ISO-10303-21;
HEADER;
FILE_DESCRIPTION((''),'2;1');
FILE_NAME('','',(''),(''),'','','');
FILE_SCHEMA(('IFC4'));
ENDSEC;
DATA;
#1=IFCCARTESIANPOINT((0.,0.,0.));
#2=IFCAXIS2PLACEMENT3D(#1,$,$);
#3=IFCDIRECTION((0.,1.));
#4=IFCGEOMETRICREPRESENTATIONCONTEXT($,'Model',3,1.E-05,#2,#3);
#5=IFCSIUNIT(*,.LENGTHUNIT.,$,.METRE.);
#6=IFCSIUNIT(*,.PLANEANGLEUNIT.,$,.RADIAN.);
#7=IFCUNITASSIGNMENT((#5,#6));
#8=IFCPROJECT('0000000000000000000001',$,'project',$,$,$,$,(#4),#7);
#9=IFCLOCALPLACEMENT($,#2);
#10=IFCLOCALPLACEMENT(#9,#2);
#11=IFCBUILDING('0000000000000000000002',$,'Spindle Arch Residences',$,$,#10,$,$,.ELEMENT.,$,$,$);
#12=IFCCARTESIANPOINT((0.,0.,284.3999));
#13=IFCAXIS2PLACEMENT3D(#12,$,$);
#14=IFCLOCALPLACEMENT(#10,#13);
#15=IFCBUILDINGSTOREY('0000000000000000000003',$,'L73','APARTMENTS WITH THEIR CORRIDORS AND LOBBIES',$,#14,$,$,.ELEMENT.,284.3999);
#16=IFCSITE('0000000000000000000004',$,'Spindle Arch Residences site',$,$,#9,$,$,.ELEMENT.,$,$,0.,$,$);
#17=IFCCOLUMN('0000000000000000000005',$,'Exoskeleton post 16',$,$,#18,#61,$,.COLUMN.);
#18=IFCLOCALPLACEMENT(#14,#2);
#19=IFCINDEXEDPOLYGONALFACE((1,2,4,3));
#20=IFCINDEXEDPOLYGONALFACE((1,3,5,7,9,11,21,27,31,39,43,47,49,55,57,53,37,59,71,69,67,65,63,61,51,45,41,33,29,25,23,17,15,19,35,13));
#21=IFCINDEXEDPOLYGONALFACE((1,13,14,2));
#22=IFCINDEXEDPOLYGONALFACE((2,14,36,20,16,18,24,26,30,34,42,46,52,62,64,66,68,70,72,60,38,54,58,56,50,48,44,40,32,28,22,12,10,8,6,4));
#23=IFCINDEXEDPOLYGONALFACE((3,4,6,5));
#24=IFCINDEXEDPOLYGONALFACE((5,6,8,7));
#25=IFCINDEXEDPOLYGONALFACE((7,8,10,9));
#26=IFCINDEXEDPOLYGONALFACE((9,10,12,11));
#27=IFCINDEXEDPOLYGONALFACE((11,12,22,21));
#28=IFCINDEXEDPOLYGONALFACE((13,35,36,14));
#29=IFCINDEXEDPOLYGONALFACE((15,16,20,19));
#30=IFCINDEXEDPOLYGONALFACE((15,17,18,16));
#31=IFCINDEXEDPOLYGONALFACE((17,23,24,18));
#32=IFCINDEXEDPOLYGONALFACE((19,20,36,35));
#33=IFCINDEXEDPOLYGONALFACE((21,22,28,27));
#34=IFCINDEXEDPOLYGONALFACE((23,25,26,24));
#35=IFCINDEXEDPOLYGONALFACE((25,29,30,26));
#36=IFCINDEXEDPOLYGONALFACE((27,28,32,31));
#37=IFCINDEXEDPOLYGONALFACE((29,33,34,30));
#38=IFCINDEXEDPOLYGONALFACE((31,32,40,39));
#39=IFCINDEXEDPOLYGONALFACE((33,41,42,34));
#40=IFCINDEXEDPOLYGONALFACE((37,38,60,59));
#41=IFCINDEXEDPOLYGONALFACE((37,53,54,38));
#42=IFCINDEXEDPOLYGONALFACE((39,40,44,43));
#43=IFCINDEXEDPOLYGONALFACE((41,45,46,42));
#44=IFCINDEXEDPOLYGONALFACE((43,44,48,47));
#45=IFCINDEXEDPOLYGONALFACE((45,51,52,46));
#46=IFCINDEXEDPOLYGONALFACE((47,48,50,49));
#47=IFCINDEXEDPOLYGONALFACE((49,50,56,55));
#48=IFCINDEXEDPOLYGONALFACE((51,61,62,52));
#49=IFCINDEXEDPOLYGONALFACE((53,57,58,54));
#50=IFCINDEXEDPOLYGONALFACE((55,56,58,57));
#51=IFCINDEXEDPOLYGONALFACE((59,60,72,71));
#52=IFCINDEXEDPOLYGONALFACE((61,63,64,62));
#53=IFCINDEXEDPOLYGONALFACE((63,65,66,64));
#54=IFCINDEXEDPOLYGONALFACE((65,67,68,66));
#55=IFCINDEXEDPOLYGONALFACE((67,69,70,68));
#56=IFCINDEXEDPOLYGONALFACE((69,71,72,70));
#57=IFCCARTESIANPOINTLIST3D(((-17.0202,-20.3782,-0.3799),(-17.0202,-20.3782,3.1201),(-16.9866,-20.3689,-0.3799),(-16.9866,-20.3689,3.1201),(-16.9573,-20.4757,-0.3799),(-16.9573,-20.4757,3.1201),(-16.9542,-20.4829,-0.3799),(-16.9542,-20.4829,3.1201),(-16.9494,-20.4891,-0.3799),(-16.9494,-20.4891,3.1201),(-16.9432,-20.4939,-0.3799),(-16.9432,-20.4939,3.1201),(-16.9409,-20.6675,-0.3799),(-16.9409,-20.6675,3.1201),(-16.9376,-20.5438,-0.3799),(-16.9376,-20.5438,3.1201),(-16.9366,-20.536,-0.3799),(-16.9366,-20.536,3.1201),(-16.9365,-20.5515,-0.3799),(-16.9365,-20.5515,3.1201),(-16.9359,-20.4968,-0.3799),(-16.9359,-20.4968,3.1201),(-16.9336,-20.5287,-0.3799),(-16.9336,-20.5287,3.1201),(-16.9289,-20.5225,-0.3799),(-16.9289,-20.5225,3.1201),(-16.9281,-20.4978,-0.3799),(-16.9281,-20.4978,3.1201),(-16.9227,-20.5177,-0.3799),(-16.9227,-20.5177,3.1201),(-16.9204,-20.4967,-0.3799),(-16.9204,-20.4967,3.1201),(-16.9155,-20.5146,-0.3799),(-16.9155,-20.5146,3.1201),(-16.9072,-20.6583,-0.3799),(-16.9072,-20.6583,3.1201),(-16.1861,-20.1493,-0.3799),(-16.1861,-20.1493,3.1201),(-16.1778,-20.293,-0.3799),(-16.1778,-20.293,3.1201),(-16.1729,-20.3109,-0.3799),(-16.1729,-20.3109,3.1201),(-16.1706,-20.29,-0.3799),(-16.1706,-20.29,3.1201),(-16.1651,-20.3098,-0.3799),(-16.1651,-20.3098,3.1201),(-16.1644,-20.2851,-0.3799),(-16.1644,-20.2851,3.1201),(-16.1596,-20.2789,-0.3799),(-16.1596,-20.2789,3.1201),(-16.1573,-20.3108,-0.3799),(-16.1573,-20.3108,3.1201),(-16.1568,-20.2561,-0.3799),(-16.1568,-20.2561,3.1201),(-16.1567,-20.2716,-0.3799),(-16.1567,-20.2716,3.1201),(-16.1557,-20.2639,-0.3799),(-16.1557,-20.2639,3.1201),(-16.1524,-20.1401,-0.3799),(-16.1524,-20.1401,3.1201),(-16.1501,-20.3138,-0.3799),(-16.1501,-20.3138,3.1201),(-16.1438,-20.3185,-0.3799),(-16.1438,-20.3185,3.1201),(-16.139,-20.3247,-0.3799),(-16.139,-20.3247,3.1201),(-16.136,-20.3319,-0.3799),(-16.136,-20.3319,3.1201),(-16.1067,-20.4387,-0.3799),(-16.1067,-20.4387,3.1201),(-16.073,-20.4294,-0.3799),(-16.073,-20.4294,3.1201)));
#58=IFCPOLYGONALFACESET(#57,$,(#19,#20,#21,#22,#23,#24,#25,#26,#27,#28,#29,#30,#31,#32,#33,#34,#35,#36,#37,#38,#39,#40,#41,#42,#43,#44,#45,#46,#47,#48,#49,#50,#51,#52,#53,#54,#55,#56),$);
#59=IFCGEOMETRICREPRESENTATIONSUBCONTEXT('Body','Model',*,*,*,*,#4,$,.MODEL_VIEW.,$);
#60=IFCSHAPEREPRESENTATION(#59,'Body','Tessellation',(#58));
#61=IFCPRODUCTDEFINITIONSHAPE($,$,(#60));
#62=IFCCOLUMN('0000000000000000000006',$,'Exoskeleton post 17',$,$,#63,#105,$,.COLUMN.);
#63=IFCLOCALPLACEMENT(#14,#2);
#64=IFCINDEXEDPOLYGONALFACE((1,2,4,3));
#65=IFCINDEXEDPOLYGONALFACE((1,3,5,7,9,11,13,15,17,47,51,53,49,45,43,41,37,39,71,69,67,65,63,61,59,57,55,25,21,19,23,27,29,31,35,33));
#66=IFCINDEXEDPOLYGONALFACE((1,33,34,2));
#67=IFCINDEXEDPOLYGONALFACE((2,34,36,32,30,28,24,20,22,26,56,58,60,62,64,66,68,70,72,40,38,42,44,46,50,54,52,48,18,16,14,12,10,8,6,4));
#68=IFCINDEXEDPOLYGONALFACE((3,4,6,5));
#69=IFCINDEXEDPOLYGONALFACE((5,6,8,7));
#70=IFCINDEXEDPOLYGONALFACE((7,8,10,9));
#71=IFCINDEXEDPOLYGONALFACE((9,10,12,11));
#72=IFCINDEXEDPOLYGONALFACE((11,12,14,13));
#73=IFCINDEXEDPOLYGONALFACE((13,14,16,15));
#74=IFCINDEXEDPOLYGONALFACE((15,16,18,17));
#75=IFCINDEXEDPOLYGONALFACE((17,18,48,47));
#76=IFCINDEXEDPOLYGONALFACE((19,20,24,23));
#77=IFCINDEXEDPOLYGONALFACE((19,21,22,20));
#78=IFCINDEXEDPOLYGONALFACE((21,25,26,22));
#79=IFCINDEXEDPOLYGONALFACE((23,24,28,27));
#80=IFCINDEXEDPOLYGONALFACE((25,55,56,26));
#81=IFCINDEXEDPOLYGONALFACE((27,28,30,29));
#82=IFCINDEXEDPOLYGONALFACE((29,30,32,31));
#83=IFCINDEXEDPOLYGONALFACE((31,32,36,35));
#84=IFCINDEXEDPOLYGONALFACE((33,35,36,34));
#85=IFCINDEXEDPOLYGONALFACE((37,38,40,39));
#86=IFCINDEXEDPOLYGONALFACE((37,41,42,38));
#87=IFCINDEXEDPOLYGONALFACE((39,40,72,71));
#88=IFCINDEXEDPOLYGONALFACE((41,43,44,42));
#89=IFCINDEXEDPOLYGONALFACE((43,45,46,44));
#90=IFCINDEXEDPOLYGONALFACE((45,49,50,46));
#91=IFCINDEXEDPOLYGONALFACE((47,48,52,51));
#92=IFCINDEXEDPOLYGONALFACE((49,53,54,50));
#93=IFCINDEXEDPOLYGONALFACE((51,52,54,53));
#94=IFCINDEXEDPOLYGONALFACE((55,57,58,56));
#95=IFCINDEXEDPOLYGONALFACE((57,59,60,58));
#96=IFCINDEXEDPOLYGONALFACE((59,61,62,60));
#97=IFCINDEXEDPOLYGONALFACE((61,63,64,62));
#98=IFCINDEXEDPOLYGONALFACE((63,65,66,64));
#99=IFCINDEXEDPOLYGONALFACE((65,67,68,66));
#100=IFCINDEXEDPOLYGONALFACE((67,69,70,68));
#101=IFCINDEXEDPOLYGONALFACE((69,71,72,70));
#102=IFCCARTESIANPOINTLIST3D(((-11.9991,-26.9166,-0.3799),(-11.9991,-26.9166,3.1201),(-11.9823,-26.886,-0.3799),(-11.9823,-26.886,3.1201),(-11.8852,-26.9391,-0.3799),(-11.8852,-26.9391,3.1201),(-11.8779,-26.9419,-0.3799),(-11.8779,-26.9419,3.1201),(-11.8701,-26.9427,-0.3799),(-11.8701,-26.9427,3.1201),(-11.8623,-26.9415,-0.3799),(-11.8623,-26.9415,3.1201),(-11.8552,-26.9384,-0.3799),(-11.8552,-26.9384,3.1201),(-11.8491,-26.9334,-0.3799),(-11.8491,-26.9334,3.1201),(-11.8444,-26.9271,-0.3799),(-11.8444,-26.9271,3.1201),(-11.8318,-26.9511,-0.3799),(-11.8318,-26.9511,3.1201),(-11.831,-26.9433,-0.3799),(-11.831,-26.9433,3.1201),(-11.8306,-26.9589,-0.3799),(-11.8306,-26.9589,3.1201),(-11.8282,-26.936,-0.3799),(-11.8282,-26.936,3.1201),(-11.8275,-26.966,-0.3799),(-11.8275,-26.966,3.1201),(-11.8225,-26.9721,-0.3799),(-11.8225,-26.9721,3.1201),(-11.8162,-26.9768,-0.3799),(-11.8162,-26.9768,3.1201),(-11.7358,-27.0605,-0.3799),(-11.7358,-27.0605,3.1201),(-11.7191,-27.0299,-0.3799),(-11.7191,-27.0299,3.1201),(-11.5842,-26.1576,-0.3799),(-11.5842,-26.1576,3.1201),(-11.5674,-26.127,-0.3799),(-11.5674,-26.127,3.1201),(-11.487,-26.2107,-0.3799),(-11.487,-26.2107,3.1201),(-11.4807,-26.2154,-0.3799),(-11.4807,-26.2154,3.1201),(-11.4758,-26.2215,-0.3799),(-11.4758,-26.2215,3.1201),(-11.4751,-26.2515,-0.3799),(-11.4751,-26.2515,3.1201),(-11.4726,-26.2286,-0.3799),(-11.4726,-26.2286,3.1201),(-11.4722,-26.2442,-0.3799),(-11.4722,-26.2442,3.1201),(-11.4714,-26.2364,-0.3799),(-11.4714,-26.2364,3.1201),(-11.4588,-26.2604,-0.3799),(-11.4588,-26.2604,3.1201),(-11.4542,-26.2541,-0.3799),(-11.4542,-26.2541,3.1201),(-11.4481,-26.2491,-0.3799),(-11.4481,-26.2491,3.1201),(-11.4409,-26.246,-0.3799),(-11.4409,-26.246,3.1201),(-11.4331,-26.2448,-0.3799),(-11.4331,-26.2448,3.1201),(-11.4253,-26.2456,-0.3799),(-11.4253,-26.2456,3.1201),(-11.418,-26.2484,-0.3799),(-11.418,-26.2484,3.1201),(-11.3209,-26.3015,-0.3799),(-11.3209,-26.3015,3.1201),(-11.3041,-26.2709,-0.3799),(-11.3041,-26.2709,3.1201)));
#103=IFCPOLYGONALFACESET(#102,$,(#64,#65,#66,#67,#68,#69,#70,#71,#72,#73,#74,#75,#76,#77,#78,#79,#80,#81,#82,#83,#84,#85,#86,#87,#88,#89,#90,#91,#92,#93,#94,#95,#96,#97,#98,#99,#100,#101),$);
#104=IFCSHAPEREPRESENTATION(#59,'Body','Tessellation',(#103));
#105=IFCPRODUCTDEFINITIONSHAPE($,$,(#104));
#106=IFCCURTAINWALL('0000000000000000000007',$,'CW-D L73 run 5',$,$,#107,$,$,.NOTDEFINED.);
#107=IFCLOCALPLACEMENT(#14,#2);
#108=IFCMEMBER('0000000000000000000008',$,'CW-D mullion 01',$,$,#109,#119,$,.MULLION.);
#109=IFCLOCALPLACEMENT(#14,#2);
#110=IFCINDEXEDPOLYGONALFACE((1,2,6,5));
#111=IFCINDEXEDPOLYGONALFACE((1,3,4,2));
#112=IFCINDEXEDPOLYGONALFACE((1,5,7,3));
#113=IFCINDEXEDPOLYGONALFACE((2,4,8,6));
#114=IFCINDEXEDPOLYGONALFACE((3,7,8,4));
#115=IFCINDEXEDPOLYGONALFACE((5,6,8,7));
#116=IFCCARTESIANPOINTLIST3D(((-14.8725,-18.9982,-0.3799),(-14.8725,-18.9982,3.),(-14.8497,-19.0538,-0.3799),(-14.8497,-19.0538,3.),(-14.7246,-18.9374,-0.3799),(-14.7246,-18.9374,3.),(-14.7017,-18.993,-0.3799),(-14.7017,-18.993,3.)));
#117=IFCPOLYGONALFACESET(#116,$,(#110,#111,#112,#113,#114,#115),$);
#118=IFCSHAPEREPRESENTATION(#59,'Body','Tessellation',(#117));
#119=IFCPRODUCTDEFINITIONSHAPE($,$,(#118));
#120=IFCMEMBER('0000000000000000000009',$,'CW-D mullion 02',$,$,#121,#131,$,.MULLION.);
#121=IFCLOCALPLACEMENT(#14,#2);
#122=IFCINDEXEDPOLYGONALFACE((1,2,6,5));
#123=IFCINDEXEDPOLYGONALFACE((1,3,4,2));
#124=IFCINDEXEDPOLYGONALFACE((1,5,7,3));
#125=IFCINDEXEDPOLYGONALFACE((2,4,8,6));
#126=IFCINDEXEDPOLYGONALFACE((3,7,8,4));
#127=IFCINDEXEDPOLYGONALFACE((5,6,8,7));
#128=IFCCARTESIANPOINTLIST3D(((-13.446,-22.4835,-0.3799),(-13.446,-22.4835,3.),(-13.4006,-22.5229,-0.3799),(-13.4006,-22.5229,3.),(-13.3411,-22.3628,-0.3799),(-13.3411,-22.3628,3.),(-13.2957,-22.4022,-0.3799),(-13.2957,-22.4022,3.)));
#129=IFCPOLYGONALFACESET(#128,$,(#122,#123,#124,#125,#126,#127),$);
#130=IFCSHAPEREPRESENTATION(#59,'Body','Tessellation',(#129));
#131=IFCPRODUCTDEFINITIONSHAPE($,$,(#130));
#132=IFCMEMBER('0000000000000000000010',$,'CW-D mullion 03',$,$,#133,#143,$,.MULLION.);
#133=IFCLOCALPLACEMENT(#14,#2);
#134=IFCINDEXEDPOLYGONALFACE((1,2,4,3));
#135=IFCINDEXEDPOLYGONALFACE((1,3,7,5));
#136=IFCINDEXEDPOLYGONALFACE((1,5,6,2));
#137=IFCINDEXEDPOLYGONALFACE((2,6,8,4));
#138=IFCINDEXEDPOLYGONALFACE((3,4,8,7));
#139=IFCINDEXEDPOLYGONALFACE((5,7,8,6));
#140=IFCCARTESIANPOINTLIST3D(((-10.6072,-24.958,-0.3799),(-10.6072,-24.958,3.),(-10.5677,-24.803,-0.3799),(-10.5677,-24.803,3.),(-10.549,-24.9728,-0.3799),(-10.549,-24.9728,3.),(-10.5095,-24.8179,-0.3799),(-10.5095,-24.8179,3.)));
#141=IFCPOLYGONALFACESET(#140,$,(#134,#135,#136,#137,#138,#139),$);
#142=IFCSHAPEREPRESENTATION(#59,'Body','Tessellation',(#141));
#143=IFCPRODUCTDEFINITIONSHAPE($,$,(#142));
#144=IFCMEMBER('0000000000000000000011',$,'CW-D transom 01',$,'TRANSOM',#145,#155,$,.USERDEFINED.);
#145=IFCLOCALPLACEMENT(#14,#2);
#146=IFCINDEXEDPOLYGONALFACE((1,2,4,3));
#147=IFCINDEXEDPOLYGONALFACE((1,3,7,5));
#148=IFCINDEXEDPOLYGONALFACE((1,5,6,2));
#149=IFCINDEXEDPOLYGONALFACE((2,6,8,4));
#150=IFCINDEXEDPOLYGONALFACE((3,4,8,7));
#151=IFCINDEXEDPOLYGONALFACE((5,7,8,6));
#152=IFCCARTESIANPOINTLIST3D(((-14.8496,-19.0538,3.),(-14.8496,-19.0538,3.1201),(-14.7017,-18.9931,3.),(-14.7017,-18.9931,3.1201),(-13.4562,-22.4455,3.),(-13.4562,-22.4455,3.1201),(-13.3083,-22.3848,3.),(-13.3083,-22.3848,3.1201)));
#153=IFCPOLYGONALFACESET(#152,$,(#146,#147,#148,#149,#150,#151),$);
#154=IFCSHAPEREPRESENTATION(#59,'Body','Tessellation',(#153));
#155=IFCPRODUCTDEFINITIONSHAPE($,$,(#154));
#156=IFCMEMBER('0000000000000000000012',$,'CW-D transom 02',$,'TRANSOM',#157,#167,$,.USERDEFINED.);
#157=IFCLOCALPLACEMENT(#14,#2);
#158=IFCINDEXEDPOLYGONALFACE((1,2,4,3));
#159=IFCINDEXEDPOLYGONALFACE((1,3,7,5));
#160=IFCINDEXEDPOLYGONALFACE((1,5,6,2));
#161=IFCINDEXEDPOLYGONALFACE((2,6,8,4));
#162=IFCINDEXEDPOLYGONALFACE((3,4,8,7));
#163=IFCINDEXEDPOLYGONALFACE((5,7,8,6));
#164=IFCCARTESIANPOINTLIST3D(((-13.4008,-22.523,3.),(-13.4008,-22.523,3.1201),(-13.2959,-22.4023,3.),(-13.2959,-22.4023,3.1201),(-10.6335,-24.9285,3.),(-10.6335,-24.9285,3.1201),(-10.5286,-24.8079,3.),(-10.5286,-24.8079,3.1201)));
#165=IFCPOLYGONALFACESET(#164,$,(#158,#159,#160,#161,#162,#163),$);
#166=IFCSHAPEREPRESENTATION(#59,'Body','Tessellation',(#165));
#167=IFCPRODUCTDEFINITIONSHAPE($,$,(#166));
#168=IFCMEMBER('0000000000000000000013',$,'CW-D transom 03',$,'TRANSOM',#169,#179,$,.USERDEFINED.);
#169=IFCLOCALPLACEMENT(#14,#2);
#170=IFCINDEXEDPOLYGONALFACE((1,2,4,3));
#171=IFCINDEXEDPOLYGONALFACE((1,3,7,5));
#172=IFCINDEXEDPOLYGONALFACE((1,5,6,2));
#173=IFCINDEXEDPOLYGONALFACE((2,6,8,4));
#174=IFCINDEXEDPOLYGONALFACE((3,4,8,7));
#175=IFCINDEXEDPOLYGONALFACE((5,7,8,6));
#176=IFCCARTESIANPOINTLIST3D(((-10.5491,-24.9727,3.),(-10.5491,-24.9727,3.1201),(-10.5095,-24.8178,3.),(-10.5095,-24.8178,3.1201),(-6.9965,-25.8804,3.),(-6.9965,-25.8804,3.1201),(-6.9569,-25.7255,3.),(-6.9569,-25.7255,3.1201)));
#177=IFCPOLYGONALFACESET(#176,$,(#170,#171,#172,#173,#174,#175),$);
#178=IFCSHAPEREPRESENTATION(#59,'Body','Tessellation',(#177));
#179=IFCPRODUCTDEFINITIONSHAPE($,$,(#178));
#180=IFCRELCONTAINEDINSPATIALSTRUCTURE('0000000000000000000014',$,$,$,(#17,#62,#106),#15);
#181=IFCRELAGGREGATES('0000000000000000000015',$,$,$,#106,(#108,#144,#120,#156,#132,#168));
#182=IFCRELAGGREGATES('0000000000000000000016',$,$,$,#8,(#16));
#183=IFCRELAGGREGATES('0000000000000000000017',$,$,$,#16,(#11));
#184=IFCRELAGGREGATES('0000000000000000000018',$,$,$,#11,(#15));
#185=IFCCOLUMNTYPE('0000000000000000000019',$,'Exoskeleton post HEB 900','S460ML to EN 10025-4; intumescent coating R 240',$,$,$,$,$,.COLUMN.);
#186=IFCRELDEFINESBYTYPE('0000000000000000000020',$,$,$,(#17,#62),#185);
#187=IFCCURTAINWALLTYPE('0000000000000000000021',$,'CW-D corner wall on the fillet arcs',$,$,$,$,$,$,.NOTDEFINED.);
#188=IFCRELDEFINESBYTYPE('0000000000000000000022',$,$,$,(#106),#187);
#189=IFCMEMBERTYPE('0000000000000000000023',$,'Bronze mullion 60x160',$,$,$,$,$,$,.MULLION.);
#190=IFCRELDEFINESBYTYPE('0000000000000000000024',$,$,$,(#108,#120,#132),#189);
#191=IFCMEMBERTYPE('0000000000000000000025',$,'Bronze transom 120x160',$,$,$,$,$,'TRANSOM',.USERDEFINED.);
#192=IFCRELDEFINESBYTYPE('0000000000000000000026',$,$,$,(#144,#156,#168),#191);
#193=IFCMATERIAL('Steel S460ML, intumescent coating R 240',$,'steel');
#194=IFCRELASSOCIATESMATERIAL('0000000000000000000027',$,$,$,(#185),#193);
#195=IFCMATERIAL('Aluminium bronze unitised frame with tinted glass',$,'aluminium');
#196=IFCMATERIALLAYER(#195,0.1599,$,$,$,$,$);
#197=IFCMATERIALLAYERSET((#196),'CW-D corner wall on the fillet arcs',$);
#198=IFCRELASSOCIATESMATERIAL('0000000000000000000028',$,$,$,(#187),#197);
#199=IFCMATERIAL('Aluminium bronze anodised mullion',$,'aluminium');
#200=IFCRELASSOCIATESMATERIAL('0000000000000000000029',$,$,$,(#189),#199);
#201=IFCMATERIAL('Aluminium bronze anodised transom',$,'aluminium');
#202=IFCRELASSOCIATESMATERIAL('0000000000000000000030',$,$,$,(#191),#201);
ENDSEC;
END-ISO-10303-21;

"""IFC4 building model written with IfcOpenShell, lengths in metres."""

from ifc_helpers import new_model, si_unit, direction, frame, origin, origin_2d, place, context, subcontext, project, spatial, rectangle, i_section, extrude, material, layer, layer_set, material_profile, profile_set, type_object, element, aggregate, save


model = new_model("IFC4")

# Units and contexts
model_context = context("Model", 3, precision=1e-05, world=origin(), true_north=direction((0.0, 1.0)))
body_context = subcontext(model_context, "Body", "Model", "MODEL_VIEW")
ifc_project = project(units=[si_unit("LENGTHUNIT", "METRE"), si_unit("PLANEANGLEUNIT", "RADIAN")], contexts=[model_context])

# Site, building, storey
site_placement = place(None, origin())
site = spatial("IfcSite", under=ifc_project, at=site_placement, Name="Spindle Arch Residences site", CompositionType="ELEMENT", RefElevation=0.0)
building_placement = place(site_placement, origin())
building = spatial("IfcBuilding", under=site, at=building_placement, Name="Spindle Arch Residences", CompositionType="ELEMENT")
storey_placement = place(building_placement, frame((0.0, 0.0, 284.3999)))
storey = spatial("IfcBuildingStorey", under=building, at=storey_placement, Name="L73", Description="APARTMENTS WITH THEIR CORRIDORS AND LOBBIES", CompositionType="ELEMENT", Elevation=284.3999)

# Columns
ifc_material_1 = material(Name="Steel S460ML, intumescent coating R 240", Category="steel")
ifc_material_profile_1 = material_profile(ifc_material_1, i_section(OverallWidth=0.3, OverallDepth=0.8999, WebThickness=0.0186, FlangeThickness=0.0349, FilletRadius=0.03, at=origin_2d()), Name="HEB 900")
ifc_profile_set_1 = profile_set([ifc_material_profile_1], Name="Steel S460ML, intumescent coating R 240")
column_type = type_object("IfcColumnType", Name="Exoskeleton post HEB 900", Description="S460ML to EN 10025-4; intumescent coating R 240", PredefinedType="COLUMN", material=ifc_profile_set_1)
for number, where, z_axis, x_axis, name in (
    (1, (-16.5466, -20.4038, -0.3799), (0.0, 0.0, 1.0), (-0.264569, 0.964367, 0.0), "Exoskeleton post 16"),
    (2, (-11.6516, -26.5938, -0.3799), (0.0, 0.0, 1.0), (-0.877435, 0.479696, 0.0), "Exoskeleton post 17"),
):
    element("IfcColumn", number, at=place(storey_placement, frame(where, z_axis=z_axis, x_axis=x_axis)), inside=storey, type_object=column_type, Name=name, PredefinedType="COLUMN", context=body_context, shape_type="SweptSolid", body=[
        extrude(i_section(OverallWidth=0.3, OverallDepth=0.8999, WebThickness=0.0186, FlangeThickness=0.0349, FilletRadius=0.03, at=origin_2d()), origin(), (0.0, 0.0, 1.0), 3.5),
    ])

# Curtain wall, members
ifc_material_2 = material(Name="Aluminium bronze unitised frame with tinted glass", Category="aluminium")
ifc_layer_1 = layer(ifc_material_2, 0.1599)
ifc_layer_set_1 = layer_set([ifc_layer_1], Name="CW-D corner wall on the fillet arcs")
curtain_wall_type = type_object("IfcCurtainWallType", Name="CW-D corner wall on the fillet arcs", PredefinedType="NOTDEFINED", material=ifc_layer_set_1)
curtain_wall_placement = place(storey_placement, origin())
curtain_wall = element("IfcCurtainWall", 3, at=curtain_wall_placement, inside=storey, type_object=curtain_wall_type, Name="CW-D L73 run 5", PredefinedType="NOTDEFINED")
ifc_material_3 = material(Name="Aluminium bronze anodised mullion", Category="aluminium")
ifc_material_profile_2 = material_profile(ifc_material_3, rectangle(XDim=0.1599, YDim=0.0601, at=origin_2d()), Name="MU 60x160")
ifc_profile_set_2 = profile_set([ifc_material_profile_2], Name="Aluminium bronze anodised mullion")
member_type_1 = type_object("IfcMemberType", Name="Bronze mullion 60x160", PredefinedType="MULLION", material=ifc_profile_set_2)
member_1_placement = place(storey_placement, frame((-14.7871, -18.9956, -0.3799), z_axis=(0.0, 0.0, 1.0), x_axis=(0.924989, 0.379994, 0.0)))
member_1 = element("IfcMember", 4, at=member_1_placement, type_object=member_type_1, Name="CW-D mullion 01", PredefinedType="MULLION", context=body_context, shape_type="SweptSolid", body=[
    extrude(rectangle(XDim=0.1599, YDim=0.0601, at=origin_2d()), origin(), (0.0, 0.0, 1.0), 3.3799),
])
member_2_placement = place(storey_placement, frame((-13.3708, -22.4429, -0.3799), z_axis=(0.0, 0.0, 1.0), x_axis=(0.656059, 0.75471, 0.0)))
member_2 = element("IfcMember", 5, at=member_2_placement, type_object=member_type_1, Name="CW-D mullion 02", PredefinedType="MULLION", context=body_context, shape_type="SweptSolid", body=[
    extrude(rectangle(XDim=0.1599, YDim=0.0601, at=origin_2d()), origin(), (0.0, 0.0, 1.0), 3.3799),
])
member_3_placement = place(storey_placement, frame((-10.5583, -24.8879, -0.3799), z_axis=(0.0, 0.0, 1.0), x_axis=(0.247563, 0.968872, 0.0)))
member_3 = element("IfcMember", 6, at=member_3_placement, type_object=member_type_1, Name="CW-D mullion 03", PredefinedType="MULLION", context=body_context, shape_type="SweptSolid", body=[
    extrude(rectangle(XDim=0.1599, YDim=0.0601, at=origin_2d()), origin(), (0.0, 0.0, 1.0), 3.3799),
])
ifc_material_4 = material(Name="Aluminium bronze anodised transom", Category="aluminium")
ifc_material_profile_3 = material_profile(ifc_material_4, rectangle(XDim=0.1599, YDim=0.1201, at=origin_2d()), Name="TR 120x160")
ifc_profile_set_3 = profile_set([ifc_material_profile_3], Name="Aluminium bronze anodised transom")
member_type_2 = type_object("IfcMemberType", Name="Bronze transom 120x160", ElementType="TRANSOM", PredefinedType="USERDEFINED", material=ifc_profile_set_3)
member_4_placement = place(storey_placement, frame((-14.7756, -19.0234, 3.0601), z_axis=(0.379996, -0.924988, 0.0), x_axis=(0.924988, 0.379996, 0.0)))
member_4 = element("IfcMember", 7, at=member_4_placement, type_object=member_type_2, Name="CW-D transom 01", ObjectType="TRANSOM", PredefinedType="USERDEFINED", context=body_context, shape_type="SweptSolid", body=[
    extrude(rectangle(XDim=0.1599, YDim=0.1201, at=origin_2d()), origin(), (0.0, 0.0, 1.0), 3.6667),
])
member_5_placement = place(storey_placement, frame((-13.3484, -22.4626, 3.0601), z_axis=(0.754722, -0.656045, 0.0), x_axis=(0.656045, 0.754722, 0.0)))
member_5 = element("IfcMember", 8, at=member_5_placement, type_object=member_type_2, Name="CW-D transom 02", ObjectType="TRANSOM", PredefinedType="USERDEFINED", context=body_context, shape_type="SweptSolid", body=[
    extrude(rectangle(XDim=0.1599, YDim=0.1201, at=origin_2d()), origin(), (0.0, 0.0, 1.0), 3.6667),
])
member_6_placement = place(storey_placement, frame((-10.5293, -24.8953, 3.0601), z_axis=(0.968876, -0.247545, 0.0), x_axis=(0.247545, 0.968876, 0.0)))
member_6 = element("IfcMember", 9, at=member_6_placement, type_object=member_type_2, Name="CW-D transom 03", ObjectType="TRANSOM", PredefinedType="USERDEFINED", context=body_context, shape_type="SweptSolid", body=[
    extrude(rectangle(XDim=0.1599, YDim=0.1201, at=origin_2d()), origin(), (0.0, 0.0, 1.0), 3.6667),
])

aggregate(curtain_wall, [member_1, member_4, member_2, member_5, member_3, member_6])

save(model, "model.ifc")
